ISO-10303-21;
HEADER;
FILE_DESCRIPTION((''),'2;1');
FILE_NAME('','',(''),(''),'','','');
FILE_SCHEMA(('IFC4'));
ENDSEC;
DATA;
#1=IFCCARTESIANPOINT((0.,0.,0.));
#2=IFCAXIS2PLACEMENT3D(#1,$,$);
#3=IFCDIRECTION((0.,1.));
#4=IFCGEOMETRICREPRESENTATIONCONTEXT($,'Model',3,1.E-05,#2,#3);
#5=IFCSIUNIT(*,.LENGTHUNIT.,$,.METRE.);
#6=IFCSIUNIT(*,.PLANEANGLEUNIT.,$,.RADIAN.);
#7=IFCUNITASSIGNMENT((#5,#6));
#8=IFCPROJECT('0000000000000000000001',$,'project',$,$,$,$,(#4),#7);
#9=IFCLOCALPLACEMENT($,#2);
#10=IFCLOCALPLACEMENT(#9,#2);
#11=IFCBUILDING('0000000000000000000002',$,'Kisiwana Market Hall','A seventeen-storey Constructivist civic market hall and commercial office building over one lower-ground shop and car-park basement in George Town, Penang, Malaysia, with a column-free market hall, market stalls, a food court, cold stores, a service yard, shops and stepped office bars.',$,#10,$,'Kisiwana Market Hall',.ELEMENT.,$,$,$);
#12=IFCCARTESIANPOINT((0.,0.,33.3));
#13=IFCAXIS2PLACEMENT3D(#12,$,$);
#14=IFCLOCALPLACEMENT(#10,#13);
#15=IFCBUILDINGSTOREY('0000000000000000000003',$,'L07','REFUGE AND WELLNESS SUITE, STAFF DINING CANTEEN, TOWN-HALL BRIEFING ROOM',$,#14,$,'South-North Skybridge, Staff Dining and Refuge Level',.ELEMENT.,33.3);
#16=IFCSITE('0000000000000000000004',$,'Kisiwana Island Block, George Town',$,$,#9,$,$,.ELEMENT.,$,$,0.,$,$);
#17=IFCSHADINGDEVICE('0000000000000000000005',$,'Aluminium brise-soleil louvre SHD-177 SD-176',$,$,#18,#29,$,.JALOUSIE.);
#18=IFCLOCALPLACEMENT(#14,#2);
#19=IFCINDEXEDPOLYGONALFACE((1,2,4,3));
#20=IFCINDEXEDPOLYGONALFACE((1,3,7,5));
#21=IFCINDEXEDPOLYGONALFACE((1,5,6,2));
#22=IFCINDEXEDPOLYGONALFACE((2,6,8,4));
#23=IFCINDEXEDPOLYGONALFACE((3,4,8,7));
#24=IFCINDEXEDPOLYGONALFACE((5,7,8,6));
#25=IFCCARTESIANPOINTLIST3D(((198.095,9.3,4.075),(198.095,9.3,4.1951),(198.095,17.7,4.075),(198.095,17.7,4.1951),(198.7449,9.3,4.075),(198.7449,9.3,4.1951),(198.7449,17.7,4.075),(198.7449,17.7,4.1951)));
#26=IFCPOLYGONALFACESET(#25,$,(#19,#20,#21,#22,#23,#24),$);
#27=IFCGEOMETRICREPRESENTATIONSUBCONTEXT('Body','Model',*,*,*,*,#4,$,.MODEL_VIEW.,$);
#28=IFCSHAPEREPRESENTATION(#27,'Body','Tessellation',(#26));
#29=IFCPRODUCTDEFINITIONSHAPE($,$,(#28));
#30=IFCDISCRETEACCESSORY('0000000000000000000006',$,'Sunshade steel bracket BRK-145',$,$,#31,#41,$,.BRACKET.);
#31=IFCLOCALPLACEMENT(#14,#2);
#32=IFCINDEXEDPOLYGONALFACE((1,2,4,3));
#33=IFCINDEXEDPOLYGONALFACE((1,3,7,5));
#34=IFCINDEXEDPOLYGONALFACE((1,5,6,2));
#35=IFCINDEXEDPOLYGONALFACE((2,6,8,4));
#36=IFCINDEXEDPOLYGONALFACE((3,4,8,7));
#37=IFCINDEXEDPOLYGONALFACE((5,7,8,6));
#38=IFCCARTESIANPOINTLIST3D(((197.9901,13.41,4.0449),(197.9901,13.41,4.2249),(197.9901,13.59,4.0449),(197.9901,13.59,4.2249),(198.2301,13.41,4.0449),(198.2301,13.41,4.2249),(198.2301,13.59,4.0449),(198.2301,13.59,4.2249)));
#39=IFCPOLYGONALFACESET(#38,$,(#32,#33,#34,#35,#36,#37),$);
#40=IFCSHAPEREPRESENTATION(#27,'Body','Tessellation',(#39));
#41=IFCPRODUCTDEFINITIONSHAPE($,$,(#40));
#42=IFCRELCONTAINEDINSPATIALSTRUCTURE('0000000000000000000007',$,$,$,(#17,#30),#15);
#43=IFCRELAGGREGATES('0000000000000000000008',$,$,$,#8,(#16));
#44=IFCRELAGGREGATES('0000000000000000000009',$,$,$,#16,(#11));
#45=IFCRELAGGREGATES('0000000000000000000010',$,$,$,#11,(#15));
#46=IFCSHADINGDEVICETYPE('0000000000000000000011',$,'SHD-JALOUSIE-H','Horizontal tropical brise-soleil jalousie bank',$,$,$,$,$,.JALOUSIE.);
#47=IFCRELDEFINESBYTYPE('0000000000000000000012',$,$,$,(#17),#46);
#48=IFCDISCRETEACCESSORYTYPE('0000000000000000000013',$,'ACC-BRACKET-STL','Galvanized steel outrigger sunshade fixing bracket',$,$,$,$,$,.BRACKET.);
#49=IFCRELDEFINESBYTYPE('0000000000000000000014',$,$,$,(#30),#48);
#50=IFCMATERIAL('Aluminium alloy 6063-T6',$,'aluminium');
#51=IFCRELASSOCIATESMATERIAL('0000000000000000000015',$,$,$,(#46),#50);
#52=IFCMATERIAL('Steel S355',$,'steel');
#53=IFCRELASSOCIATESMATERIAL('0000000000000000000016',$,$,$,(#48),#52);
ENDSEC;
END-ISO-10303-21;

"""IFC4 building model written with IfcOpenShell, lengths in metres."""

from ifc_helpers import new_model, si_unit, direction, frame, origin, origin_2d, place, context, subcontext, project, spatial, rectangle, extrude, material, type_object, element, save


model = new_model("IFC4")

# Units and contexts
model_context = context("Model", 3, precision=1e-05, world=origin(), true_north=direction((0.0, 1.0)))
body_context = subcontext(model_context, "Body", "Model", "MODEL_VIEW")
ifc_project = project(units=[si_unit("LENGTHUNIT", "METRE"), si_unit("PLANEANGLEUNIT", "RADIAN")], contexts=[model_context])

# Site, building, storey
site_placement = place(None, origin())
site = spatial("IfcSite", under=ifc_project, at=site_placement, Name="Kisiwana Island Block, George Town", CompositionType="ELEMENT", RefElevation=0.0)
building_placement = place(site_placement, origin())
building = spatial("IfcBuilding", under=site, at=building_placement, Name="Kisiwana Market Hall", Description="A seventeen-storey Constructivist civic market hall and commercial office building over one lower-ground shop and car-park basement in George Town, Penang, Malaysia, with a column-free market hall, market stalls, a food court, cold stores, a service yard, shops and stepped office bars.", LongName="Kisiwana Market Hall", CompositionType="ELEMENT")
storey_placement = place(building_placement, frame((0.0, 0.0, 33.3)))
storey = spatial("IfcBuildingStorey", under=building, at=storey_placement, Name="L07", Description="REFUGE AND WELLNESS SUITE, STAFF DINING CANTEEN, TOWN-HALL BRIEFING ROOM", LongName="South-North Skybridge, Staff Dining and Refuge Level", CompositionType="ELEMENT", Elevation=33.3)

# Shading device
ifc_material_1 = material(Name="Aluminium alloy 6063-T6", Category="aluminium")
shading_device_type = type_object("IfcShadingDeviceType", Name="SHD-JALOUSIE-H", Description="Horizontal tropical brise-soleil jalousie bank", PredefinedType="JALOUSIE", material=ifc_material_1)
shading_device_placement = place(storey_placement, frame((198.4199, 13.5, 4.075), z_axis=(0.0, 0.0, 1.0), x_axis=(0.0, 1.0, 0.0)))
element("IfcShadingDevice", 1, at=shading_device_placement, inside=storey, type_object=shading_device_type, Name="Aluminium brise-soleil louvre SHD-177 SD-176", PredefinedType="JALOUSIE", context=body_context, shape_type="SweptSolid", body=[
    extrude(rectangle(XDim=8.3999, YDim=0.6499, at=origin_2d()), origin(), (0.0, 0.0, 1.0), 0.1201),
])

# Discrete accessory
ifc_material_2 = material(Name="Steel S355", Category="steel")
discrete_accessory_type = type_object("IfcDiscreteAccessoryType", Name="ACC-BRACKET-STL", Description="Galvanized steel outrigger sunshade fixing bracket", PredefinedType="BRACKET", material=ifc_material_2)
discrete_accessory_placement = place(storey_placement, frame((198.1101, 13.5, 4.0449), z_axis=(0.0, 0.0, 1.0), x_axis=(0.0, 1.0, 0.0)))
element("IfcDiscreteAccessory", 2, at=discrete_accessory_placement, inside=storey, type_object=discrete_accessory_type, Name="Sunshade steel bracket BRK-145", PredefinedType="BRACKET", context=body_context, shape_type="SweptSolid", body=[
    extrude(rectangle(XDim=0.1799, YDim=0.24, at=origin_2d()), origin(), (0.0, 0.0, 1.0), 0.1799),
])

save(model, "model.ifc")
